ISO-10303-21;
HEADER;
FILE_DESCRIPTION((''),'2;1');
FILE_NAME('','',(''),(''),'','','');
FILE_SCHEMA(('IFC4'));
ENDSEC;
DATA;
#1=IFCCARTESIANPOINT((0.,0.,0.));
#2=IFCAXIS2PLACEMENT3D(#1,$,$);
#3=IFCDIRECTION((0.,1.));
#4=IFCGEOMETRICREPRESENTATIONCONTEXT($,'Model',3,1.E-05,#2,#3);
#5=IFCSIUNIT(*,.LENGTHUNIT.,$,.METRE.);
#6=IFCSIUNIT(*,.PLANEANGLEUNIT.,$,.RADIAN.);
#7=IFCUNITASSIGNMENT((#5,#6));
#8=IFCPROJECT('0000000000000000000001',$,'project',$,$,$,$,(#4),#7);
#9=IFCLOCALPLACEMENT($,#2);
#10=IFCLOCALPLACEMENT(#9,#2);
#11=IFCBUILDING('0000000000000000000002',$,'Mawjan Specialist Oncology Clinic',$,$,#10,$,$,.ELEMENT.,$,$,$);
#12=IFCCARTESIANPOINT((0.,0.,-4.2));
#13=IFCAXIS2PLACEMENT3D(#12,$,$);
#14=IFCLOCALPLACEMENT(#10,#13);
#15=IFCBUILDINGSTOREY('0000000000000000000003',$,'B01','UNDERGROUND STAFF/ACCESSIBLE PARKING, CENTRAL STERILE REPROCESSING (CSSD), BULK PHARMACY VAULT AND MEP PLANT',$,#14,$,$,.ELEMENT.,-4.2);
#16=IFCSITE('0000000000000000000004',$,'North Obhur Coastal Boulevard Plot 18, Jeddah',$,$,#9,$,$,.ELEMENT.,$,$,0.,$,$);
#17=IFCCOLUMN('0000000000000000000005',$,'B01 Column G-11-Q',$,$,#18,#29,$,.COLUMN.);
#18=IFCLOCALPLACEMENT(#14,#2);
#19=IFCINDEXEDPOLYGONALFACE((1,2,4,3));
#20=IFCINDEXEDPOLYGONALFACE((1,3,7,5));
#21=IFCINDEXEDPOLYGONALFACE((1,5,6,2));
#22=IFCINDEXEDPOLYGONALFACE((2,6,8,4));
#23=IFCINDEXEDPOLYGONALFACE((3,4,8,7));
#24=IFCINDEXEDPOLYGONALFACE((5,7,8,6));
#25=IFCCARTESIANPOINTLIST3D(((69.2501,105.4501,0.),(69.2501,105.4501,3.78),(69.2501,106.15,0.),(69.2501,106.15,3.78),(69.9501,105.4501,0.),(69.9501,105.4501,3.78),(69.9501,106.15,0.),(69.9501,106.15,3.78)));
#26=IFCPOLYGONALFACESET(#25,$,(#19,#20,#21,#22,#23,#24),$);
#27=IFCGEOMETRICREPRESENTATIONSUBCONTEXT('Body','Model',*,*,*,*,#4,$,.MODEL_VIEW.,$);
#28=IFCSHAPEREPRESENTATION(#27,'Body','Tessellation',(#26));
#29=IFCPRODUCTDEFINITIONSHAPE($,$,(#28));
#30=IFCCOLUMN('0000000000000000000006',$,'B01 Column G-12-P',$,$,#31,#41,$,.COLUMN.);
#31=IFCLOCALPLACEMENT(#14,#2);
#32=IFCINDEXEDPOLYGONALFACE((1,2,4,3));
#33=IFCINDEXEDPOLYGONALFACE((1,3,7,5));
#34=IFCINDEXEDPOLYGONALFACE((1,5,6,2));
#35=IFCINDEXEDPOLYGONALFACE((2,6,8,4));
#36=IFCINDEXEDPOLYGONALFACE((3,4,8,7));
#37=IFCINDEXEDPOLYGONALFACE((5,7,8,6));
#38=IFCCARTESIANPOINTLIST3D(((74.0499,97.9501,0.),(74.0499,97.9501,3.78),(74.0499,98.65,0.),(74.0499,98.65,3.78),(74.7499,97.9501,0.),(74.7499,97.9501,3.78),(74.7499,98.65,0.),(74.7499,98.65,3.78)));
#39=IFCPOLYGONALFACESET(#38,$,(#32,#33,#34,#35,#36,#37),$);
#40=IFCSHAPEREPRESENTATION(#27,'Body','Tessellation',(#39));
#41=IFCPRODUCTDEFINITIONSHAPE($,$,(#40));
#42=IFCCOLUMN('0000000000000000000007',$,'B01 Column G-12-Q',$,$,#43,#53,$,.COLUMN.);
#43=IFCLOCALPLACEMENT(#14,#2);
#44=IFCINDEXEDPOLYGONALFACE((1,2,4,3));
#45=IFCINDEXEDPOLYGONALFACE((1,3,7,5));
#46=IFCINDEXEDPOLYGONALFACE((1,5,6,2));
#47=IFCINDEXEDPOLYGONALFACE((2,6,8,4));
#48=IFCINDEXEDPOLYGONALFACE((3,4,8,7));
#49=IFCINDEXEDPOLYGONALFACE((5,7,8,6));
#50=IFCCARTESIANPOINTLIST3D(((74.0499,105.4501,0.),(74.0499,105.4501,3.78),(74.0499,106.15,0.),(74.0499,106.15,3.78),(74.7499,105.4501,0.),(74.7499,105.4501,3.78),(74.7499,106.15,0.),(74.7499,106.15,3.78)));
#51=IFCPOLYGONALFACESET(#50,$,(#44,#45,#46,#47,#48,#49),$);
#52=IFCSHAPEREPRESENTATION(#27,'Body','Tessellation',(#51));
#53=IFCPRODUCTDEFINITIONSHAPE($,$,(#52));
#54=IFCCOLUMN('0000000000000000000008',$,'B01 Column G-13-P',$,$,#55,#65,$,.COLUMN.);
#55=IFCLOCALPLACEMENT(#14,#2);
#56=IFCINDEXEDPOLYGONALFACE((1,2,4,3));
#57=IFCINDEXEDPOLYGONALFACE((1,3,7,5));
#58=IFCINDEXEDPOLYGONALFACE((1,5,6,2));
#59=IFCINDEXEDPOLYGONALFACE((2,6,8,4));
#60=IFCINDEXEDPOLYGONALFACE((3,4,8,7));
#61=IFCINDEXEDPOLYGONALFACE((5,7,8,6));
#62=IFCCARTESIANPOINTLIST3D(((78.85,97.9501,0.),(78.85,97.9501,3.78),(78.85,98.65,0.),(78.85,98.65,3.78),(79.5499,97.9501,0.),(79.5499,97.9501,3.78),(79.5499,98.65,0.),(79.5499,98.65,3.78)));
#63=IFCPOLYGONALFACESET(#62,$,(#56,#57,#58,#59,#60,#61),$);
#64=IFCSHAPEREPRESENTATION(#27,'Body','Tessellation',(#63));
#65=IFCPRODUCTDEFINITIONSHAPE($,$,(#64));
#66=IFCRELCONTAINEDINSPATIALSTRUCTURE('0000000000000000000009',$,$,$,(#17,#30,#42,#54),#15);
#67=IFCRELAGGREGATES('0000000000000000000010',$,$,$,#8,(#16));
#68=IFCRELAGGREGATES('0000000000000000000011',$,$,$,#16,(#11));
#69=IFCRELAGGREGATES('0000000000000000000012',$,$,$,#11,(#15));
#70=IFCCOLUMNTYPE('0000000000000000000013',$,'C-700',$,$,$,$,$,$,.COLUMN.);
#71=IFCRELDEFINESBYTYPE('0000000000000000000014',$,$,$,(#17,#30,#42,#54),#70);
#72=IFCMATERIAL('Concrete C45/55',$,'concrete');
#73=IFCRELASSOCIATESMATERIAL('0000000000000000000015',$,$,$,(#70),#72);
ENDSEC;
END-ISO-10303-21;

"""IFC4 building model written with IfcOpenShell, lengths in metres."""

from ifc_helpers import new_model, si_unit, direction, frame, origin, origin_2d, place, context, subcontext, project, spatial, rectangle, extrude, material, material_profile, profile_set, type_object, element, save


model = new_model("IFC4")

# Units and contexts
model_context = context("Model", 3, precision=1e-05, world=origin(), true_north=direction((0.0, 1.0)))
body_context = subcontext(model_context, "Body", "Model", "MODEL_VIEW")
ifc_project = project(units=[si_unit("LENGTHUNIT", "METRE"), si_unit("PLANEANGLEUNIT", "RADIAN")], contexts=[model_context])

# Site, building, storey
site_placement = place(None, origin())
site = spatial("IfcSite", under=ifc_project, at=site_placement, Name="North Obhur Coastal Boulevard Plot 18, Jeddah", CompositionType="ELEMENT", RefElevation=0.0)
building_placement = place(site_placement, origin())
building = spatial("IfcBuilding", under=site, at=building_placement, Name="Mawjan Specialist Oncology Clinic", CompositionType="ELEMENT")
storey_placement = place(building_placement, frame((0.0, 0.0, -4.2)))
storey = spatial("IfcBuildingStorey", under=building, at=storey_placement, Name="B01", Description="UNDERGROUND STAFF/ACCESSIBLE PARKING, CENTRAL STERILE REPROCESSING (CSSD), BULK PHARMACY VAULT AND MEP PLANT", CompositionType="ELEMENT", Elevation=-4.2)

# Columns
ifc_material_1 = material(Name="Concrete C45/55", Category="concrete")
ifc_material_profile_1 = material_profile(ifc_material_1, rectangle(XDim=0.7, YDim=0.7, at=origin_2d()), Name="RC COL 700x700", Category="concrete")
ifc_profile_set_1 = profile_set([ifc_material_profile_1], Name="Concrete C45/55")
column_type = type_object("IfcColumnType", Name="C-700", PredefinedType="COLUMN", material=ifc_profile_set_1)
for number, where, z_axis, x_axis, name in (
    (1, (69.6001, 105.8, 0.0), (0.0, 0.0, 1.0), (1.0, 0.0, 0.0), "B01 Column G-11-Q"),
    (2, (74.3999, 98.3, 0.0), (0.0, 0.0, 1.0), (1.0, 0.0, 0.0), "B01 Column G-12-P"),
    (3, (74.3999, 105.8, 0.0), (0.0, 0.0, 1.0), (1.0, 0.0, 0.0), "B01 Column G-12-Q"),
    (4, (79.2, 98.3, 0.0), (0.0, 0.0, 1.0), (1.0, 0.0, 0.0), "B01 Column G-13-P"),
):
    element("IfcColumn", number, at=place(storey_placement, frame(where, z_axis=z_axis, x_axis=x_axis)), inside=storey, type_object=column_type, Name=name, PredefinedType="COLUMN", context=body_context, shape_type="SweptSolid", body=[
        extrude(rectangle(XDim=0.7, YDim=0.7, at=origin_2d()), origin(), (0.0, 0.0, 1.0), 3.78),
    ])

save(model, "model.ifc")
